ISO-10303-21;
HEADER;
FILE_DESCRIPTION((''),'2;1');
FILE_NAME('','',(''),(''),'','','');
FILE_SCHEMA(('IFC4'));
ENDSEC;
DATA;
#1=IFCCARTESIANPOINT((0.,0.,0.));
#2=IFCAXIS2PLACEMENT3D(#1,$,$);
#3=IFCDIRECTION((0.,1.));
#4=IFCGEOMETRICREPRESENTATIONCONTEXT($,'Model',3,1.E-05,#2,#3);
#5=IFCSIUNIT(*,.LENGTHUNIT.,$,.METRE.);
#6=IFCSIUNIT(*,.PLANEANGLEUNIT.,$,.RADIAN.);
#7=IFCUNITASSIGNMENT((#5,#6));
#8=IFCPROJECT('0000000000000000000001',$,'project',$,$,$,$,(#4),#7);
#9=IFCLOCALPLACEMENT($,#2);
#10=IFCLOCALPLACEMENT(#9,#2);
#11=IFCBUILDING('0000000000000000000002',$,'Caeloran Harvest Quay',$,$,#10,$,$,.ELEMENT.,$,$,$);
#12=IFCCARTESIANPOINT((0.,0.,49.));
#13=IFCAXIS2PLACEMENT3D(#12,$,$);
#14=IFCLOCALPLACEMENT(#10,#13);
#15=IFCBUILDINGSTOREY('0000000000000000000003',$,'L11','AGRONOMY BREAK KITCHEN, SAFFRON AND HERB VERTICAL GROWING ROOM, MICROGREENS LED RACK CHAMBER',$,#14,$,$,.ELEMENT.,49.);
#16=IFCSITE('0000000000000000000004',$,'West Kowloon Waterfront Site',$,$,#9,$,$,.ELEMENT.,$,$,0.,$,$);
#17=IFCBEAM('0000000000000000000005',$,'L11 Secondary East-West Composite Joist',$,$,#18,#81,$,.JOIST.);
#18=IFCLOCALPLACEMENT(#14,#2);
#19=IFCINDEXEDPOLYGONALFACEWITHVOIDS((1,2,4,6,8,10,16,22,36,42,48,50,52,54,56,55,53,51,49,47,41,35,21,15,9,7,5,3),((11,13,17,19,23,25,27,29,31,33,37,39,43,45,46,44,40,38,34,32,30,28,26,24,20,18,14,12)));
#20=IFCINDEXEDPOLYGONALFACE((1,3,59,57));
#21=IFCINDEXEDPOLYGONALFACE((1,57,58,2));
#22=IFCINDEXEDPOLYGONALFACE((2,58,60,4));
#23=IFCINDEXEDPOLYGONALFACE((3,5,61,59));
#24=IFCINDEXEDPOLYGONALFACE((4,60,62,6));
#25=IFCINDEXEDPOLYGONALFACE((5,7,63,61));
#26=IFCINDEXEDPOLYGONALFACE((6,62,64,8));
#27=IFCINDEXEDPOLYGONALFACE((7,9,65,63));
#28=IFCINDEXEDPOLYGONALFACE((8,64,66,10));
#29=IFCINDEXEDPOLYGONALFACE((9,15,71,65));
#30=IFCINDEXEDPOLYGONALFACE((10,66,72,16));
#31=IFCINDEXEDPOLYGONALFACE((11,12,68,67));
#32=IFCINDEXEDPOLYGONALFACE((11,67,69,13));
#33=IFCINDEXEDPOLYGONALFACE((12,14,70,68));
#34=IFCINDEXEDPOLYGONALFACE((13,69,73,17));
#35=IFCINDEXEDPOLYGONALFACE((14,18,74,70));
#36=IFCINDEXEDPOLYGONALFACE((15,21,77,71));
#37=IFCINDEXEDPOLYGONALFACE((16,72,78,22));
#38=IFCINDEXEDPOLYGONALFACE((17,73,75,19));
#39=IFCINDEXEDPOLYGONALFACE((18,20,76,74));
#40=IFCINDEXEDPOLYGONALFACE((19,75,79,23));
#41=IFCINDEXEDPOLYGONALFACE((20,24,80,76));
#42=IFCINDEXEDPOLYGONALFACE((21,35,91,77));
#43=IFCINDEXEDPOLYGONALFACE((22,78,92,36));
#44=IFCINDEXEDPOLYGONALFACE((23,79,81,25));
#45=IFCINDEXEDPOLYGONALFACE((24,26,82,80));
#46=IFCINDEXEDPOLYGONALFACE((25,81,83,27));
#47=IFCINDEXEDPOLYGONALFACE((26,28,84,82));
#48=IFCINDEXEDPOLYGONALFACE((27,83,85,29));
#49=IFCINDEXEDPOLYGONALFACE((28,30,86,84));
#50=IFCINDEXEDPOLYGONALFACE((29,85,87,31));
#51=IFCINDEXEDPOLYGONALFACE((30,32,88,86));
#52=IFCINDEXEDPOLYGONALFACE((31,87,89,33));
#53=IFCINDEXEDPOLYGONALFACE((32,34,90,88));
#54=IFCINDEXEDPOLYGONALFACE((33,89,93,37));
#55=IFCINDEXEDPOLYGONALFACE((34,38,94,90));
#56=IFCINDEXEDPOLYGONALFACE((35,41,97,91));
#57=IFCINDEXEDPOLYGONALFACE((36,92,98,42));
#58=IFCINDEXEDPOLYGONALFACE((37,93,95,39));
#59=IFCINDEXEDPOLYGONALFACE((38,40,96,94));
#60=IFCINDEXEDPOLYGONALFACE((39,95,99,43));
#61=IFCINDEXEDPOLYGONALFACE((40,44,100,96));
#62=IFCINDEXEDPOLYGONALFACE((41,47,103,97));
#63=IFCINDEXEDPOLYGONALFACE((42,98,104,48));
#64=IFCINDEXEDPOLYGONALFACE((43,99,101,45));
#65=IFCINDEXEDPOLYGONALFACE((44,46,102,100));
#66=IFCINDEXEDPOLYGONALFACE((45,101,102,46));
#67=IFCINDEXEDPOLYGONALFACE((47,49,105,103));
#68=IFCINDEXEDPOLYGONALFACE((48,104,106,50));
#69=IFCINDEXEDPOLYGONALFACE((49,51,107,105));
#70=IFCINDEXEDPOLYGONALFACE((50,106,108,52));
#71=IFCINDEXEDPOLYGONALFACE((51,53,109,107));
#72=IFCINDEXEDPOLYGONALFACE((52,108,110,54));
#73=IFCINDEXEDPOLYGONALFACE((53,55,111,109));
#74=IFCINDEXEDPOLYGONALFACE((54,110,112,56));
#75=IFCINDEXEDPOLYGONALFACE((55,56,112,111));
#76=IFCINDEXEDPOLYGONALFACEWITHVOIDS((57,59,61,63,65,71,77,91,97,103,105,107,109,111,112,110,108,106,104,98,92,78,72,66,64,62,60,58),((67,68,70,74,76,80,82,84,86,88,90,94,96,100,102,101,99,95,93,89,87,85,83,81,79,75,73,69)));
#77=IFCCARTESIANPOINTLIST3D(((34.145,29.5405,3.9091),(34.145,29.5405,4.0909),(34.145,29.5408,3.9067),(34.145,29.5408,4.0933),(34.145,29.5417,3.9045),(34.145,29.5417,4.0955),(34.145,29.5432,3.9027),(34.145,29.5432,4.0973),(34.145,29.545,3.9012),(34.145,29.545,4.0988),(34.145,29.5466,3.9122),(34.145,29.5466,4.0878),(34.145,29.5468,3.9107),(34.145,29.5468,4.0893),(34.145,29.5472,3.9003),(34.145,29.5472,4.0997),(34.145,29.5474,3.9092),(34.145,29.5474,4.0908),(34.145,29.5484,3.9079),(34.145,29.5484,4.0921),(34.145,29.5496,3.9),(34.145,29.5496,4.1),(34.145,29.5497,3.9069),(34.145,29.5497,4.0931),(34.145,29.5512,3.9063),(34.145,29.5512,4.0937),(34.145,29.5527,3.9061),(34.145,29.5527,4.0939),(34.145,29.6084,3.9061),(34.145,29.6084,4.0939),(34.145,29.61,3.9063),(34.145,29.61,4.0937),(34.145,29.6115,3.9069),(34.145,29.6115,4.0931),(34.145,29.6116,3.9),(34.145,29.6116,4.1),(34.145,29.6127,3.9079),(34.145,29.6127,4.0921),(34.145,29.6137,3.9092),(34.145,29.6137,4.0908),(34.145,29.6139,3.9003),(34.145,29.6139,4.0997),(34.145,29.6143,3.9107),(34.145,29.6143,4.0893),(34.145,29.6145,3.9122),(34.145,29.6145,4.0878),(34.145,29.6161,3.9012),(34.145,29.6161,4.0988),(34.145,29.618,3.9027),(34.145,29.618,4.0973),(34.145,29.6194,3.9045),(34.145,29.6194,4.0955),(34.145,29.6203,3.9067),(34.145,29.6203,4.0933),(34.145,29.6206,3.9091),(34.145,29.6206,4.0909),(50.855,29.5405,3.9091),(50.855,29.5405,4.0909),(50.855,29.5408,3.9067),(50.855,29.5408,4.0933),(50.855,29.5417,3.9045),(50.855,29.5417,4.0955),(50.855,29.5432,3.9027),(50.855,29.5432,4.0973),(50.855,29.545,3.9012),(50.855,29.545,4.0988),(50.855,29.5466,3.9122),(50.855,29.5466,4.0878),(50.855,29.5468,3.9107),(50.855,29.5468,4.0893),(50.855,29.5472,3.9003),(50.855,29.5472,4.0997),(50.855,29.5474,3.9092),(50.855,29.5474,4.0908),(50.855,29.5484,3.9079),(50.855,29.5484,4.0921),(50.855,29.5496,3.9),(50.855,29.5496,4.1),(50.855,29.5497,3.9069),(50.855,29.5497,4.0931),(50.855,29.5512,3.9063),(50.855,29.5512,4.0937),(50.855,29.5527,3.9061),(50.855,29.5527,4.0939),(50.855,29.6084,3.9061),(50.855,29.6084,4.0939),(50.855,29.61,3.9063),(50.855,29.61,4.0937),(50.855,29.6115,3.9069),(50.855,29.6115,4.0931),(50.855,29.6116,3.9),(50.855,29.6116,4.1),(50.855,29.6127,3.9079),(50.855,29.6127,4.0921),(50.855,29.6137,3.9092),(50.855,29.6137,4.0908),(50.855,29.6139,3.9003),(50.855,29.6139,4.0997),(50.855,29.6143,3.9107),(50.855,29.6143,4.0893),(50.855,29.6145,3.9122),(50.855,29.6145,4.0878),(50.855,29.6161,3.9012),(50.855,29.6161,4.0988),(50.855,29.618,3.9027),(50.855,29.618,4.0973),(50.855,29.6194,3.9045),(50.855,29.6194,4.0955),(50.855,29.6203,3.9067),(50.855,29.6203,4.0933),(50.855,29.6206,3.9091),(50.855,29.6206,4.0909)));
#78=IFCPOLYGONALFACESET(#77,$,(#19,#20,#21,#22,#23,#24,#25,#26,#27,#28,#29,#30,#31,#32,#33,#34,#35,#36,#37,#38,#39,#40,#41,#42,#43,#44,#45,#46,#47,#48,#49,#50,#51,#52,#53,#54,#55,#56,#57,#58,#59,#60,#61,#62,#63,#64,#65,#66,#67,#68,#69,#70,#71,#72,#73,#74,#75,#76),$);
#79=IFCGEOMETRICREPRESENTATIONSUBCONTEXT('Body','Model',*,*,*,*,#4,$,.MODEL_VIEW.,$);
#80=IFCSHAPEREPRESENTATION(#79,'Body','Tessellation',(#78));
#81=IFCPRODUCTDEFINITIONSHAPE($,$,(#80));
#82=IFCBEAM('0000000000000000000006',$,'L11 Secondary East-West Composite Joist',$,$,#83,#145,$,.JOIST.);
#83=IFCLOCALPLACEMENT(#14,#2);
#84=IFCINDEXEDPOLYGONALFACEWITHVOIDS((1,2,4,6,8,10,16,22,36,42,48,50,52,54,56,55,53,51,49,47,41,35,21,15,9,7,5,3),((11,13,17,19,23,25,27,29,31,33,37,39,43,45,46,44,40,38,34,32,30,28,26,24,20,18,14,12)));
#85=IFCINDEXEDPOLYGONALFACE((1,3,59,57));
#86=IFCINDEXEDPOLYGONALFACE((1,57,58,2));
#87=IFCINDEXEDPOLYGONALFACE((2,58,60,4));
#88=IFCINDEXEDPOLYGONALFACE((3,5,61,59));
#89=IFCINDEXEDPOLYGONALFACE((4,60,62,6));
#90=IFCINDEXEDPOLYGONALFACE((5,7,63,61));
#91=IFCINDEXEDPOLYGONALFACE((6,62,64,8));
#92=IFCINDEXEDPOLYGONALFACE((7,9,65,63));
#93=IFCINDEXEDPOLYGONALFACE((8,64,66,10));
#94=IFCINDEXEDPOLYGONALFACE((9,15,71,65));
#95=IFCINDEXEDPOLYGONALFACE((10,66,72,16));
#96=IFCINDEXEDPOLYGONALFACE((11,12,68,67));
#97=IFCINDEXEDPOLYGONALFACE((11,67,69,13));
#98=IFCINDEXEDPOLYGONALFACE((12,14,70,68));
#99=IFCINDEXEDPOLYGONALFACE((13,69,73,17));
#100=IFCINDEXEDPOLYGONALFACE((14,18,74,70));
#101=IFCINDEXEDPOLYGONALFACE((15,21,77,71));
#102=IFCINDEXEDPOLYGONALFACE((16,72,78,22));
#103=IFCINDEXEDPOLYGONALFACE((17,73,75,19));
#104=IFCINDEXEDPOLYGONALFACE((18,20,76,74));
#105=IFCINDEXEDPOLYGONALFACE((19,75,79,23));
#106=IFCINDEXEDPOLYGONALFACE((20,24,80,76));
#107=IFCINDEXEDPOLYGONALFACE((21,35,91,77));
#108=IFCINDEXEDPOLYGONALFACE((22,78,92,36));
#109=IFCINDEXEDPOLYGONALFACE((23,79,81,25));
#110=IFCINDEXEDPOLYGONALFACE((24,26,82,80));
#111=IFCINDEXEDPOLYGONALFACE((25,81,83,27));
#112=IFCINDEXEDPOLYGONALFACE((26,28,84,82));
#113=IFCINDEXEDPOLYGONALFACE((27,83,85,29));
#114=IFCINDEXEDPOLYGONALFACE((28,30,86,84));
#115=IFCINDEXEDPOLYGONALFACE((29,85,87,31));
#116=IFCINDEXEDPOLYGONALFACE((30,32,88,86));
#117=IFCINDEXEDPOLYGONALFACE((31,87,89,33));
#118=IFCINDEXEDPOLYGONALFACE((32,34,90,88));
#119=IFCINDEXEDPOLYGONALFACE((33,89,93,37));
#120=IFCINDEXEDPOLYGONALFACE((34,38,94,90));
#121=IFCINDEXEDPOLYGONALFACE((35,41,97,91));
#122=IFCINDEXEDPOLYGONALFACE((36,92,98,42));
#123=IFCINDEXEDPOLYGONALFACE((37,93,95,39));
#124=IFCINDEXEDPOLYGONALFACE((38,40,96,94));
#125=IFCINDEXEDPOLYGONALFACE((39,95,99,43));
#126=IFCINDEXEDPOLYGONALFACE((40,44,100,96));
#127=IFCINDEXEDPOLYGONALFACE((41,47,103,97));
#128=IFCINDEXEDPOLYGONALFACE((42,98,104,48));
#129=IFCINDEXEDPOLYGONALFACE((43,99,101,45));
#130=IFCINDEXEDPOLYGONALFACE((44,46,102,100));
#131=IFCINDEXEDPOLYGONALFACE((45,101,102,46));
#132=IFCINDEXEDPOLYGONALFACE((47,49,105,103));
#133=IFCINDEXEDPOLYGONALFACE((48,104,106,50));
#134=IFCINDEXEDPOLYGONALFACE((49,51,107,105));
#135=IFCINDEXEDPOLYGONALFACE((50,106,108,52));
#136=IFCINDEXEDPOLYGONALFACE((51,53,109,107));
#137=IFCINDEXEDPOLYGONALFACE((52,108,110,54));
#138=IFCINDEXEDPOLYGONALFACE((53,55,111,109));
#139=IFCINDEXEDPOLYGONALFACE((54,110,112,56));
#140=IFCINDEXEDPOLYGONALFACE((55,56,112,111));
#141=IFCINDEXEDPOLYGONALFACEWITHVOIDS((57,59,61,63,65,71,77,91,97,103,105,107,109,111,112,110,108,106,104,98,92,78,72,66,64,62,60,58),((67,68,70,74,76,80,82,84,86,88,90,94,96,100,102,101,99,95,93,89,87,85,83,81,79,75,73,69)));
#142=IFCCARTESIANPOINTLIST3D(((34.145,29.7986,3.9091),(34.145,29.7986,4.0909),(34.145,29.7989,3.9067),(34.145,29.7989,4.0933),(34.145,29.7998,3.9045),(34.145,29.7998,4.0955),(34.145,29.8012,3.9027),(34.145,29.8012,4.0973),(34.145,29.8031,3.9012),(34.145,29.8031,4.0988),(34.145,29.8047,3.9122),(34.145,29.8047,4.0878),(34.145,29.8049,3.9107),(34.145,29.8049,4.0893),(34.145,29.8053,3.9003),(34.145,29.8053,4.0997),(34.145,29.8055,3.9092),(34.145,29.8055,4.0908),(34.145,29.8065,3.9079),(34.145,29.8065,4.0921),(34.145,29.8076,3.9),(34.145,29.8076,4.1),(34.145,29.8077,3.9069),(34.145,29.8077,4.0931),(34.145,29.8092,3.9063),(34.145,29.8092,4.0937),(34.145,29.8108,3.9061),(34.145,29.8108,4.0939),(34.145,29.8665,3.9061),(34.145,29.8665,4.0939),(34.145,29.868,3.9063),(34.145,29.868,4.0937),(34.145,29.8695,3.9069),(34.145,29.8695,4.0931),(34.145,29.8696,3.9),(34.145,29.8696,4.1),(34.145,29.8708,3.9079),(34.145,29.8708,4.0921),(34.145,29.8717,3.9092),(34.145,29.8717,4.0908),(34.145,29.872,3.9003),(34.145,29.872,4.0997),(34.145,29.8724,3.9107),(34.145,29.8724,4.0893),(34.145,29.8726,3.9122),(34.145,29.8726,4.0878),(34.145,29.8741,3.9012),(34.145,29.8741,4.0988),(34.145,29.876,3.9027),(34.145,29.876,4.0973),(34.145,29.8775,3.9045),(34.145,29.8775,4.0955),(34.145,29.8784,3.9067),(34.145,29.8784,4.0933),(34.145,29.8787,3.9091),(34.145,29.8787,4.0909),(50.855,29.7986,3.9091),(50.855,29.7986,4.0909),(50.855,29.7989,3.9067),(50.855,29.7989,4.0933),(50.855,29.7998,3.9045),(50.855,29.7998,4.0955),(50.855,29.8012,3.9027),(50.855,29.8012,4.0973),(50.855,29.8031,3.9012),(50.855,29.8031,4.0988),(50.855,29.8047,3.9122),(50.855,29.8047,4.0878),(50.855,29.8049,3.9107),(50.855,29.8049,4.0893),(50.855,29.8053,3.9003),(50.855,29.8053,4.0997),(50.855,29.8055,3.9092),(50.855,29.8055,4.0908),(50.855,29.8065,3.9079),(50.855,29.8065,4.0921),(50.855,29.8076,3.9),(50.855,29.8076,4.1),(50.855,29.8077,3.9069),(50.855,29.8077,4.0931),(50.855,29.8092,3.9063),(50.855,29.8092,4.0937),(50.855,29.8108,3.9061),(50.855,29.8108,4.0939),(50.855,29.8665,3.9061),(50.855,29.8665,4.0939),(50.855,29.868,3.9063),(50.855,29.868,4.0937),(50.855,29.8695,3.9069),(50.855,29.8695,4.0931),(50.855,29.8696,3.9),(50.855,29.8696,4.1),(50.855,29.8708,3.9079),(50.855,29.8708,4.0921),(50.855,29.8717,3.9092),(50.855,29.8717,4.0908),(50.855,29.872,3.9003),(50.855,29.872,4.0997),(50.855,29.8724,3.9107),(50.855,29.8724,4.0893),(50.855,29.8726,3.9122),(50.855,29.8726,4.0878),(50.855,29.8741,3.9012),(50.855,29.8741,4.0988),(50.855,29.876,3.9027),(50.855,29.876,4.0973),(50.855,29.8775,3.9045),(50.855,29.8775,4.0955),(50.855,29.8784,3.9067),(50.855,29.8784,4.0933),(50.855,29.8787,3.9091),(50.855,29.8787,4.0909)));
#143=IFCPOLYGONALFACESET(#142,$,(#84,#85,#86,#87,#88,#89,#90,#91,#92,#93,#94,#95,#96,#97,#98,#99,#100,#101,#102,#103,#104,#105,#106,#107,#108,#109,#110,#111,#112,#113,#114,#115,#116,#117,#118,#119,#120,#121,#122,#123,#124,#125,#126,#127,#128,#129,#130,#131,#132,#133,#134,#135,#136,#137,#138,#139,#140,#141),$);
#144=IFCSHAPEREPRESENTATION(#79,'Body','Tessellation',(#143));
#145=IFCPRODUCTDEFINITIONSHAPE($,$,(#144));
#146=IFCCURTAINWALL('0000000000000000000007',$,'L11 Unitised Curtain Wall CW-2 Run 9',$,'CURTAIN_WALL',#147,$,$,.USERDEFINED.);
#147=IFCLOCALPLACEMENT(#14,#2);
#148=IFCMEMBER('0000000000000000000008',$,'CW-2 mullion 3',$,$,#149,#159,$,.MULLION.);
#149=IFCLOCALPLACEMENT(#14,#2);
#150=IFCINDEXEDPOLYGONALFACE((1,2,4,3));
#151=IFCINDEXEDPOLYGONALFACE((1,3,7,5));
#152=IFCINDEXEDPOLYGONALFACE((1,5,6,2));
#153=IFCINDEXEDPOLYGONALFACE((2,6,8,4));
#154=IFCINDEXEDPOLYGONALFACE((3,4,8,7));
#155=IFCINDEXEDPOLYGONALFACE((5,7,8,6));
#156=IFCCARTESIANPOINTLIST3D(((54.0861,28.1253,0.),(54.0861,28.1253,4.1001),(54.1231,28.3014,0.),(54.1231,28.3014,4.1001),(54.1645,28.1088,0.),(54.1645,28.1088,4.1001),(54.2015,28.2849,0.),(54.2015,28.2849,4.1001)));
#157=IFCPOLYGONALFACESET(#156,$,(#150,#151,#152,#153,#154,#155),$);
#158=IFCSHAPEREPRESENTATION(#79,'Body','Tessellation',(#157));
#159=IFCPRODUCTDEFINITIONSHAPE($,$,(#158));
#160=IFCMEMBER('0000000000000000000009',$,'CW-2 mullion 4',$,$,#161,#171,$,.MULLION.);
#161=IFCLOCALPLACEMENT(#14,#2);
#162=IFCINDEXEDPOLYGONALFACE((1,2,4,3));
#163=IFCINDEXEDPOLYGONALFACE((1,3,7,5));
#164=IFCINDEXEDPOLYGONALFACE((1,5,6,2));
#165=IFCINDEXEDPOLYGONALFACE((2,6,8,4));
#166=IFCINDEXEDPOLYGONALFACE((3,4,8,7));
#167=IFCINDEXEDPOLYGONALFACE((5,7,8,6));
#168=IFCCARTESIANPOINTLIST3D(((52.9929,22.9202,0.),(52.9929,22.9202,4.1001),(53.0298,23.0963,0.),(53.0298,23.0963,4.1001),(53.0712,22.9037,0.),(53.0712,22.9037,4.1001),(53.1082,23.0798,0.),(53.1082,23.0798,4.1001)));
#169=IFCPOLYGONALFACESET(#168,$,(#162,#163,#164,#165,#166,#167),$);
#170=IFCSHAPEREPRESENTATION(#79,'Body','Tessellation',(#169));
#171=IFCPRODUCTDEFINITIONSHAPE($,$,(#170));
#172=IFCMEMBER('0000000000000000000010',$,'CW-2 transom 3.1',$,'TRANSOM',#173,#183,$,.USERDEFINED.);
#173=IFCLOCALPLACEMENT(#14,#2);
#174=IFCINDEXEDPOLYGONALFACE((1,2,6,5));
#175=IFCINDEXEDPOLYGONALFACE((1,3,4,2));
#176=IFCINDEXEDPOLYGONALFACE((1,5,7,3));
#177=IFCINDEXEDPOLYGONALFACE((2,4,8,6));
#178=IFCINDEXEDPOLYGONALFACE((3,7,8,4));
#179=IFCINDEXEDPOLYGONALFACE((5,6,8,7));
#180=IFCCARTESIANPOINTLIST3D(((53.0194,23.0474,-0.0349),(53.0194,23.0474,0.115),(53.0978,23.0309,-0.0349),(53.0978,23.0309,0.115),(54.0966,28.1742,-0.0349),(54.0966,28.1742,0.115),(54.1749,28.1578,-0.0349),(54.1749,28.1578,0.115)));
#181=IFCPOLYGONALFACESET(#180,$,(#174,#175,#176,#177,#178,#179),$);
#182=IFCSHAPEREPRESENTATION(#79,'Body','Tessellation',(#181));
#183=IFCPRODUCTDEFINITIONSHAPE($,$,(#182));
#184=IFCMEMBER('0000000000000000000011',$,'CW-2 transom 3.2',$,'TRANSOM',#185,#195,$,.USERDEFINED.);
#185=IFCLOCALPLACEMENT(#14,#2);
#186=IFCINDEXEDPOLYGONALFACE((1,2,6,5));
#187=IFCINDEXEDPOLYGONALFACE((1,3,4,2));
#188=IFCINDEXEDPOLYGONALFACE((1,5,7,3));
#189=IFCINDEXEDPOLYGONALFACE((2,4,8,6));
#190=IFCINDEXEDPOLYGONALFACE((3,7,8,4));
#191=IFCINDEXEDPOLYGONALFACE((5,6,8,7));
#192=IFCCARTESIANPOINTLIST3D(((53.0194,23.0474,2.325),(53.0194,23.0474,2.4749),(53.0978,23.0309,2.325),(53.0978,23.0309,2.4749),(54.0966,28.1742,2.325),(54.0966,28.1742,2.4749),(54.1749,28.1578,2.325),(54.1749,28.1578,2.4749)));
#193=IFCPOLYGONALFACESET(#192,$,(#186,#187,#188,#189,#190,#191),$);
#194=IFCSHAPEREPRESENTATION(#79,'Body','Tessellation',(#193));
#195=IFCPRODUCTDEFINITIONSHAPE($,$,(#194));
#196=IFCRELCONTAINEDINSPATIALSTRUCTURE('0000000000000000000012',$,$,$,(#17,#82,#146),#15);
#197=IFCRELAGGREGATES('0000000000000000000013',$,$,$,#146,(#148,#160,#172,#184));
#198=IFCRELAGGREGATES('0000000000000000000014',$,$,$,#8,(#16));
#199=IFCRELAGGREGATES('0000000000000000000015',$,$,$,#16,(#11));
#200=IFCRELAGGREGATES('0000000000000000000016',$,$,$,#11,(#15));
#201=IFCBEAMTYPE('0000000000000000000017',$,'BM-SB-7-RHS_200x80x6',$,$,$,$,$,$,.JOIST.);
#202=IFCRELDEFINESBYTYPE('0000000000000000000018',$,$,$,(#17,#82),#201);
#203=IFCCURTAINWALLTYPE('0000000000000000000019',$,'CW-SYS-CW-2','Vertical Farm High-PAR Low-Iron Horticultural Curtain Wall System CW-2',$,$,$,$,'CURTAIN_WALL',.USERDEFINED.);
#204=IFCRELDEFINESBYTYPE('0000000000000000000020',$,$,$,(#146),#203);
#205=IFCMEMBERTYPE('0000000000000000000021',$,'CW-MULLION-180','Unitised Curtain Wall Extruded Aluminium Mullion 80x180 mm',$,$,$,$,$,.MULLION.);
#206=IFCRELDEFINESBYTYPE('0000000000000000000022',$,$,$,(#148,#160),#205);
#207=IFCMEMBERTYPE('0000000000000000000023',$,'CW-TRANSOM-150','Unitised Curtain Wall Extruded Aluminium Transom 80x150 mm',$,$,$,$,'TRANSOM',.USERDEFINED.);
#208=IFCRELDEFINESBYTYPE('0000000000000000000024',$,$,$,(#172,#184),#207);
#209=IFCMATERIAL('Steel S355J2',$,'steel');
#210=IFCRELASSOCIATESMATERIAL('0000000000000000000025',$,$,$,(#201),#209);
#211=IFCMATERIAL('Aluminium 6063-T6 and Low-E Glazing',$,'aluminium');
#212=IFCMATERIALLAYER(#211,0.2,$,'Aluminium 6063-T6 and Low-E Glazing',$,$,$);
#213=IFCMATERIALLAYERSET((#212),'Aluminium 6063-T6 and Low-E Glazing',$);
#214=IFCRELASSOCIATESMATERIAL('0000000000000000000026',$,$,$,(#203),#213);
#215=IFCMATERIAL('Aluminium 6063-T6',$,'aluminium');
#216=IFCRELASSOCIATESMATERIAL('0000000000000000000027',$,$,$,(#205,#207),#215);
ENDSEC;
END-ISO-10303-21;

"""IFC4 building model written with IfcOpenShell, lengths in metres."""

from ifc_helpers import new_model, si_unit, direction, frame, origin, origin_2d, place, context, subcontext, project, spatial, rectangle, hollow_rectangle, extrude, material, layer, layer_set, material_profile, profile_set, type_object, element, aggregate, save


model = new_model("IFC4")

# Units and contexts
model_context = context("Model", 3, precision=1e-05, world=origin(), true_north=direction((0.0, 1.0)))
body_context = subcontext(model_context, "Body", "Model", "MODEL_VIEW")
ifc_project = project(units=[si_unit("LENGTHUNIT", "METRE"), si_unit("PLANEANGLEUNIT", "RADIAN")], contexts=[model_context])

# Site, building, storey
site_placement = place(None, origin())
site = spatial("IfcSite", under=ifc_project, at=site_placement, Name="West Kowloon Waterfront Site", CompositionType="ELEMENT", RefElevation=0.0)
building_placement = place(site_placement, origin())
building = spatial("IfcBuilding", under=site, at=building_placement, Name="Caeloran Harvest Quay", CompositionType="ELEMENT")
storey_placement = place(building_placement, frame((0.0, 0.0, 49.0)))
storey = spatial("IfcBuildingStorey", under=building, at=storey_placement, Name="L11", Description="AGRONOMY BREAK KITCHEN, SAFFRON AND HERB VERTICAL GROWING ROOM, MICROGREENS LED RACK CHAMBER", CompositionType="ELEMENT", Elevation=49.0)

# Beams
ifc_material_1 = material(Name="Steel S355J2", Category="steel")
ifc_material_profile_1 = material_profile(ifc_material_1, hollow_rectangle(XDim=0.0801, YDim=0.2, WallThickness=0.0061, InnerFilletRadius=0.0061, OuterFilletRadius=0.009, at=origin_2d()), Name="RHS 200x80x6")
ifc_profile_set_1 = profile_set([ifc_material_profile_1], Name="Steel S355J2")
beam_type_1 = type_object("IfcBeamType", Name="BM-SB-7-RHS_200x80x6", PredefinedType="JOIST", material=ifc_profile_set_1)
for number, where, z_axis, x_axis, name in (
    (1, (34.145, 29.5806, 4.0), (1.0, 0.0, 0.0), (0.0, 1.0, 0.0), "L11 Secondary East-West Composite Joist"),
    (2, (34.145, 29.8386, 4.0), (1.0, 0.0, 0.0), (0.0, 1.0, 0.0), "L11 Secondary East-West Composite Joist"),
):
    element("IfcBeam", number, at=place(storey_placement, frame(where, z_axis=z_axis, x_axis=x_axis)), inside=storey, type_object=beam_type_1, Name=name, PredefinedType="JOIST", context=body_context, shape_type="SweptSolid", body=[
        extrude(hollow_rectangle(XDim=0.0801, YDim=0.2, WallThickness=0.0061, InnerFilletRadius=0.0061, OuterFilletRadius=0.009, at=origin_2d()), origin(), (0.0, 0.0, 1.0), 16.71),
    ])

# Curtain wall, members
ifc_material_2 = material(Name="Aluminium 6063-T6 and Low-E Glazing", Category="aluminium")
ifc_layer_1 = layer(ifc_material_2, 0.2, Name="Aluminium 6063-T6 and Low-E Glazing")
ifc_layer_set_1 = layer_set([ifc_layer_1], Name="Aluminium 6063-T6 and Low-E Glazing")
curtain_wall_type = type_object("IfcCurtainWallType", Name="CW-SYS-CW-2", Description="Vertical Farm High-PAR Low-Iron Horticultural Curtain Wall System CW-2", ElementType="CURTAIN_WALL", PredefinedType="USERDEFINED", material=ifc_layer_set_1)
curtain_wall_placement = place(storey_placement, origin())
curtain_wall = element("IfcCurtainWall", 3, at=curtain_wall_placement, inside=storey, type_object=curtain_wall_type, Name="L11 Unitised Curtain Wall CW-2 Run 9", ObjectType="CURTAIN_WALL", PredefinedType="USERDEFINED")
ifc_material_3 = material(Name="Aluminium 6063-T6", Category="aluminium")
ifc_material_profile_2 = material_profile(ifc_material_3, rectangle(XDim=0.0801, YDim=0.1799, at=origin_2d()), Name="CW-MULLION-180")
ifc_profile_set_2 = profile_set([ifc_material_profile_2], Name="Aluminium 6063-T6")
member_type_1 = type_object("IfcMemberType", Name="CW-MULLION-180", Description="Unitised Curtain Wall Extruded Aluminium Mullion 80x180 mm", PredefinedType="MULLION", material=ifc_profile_set_2)
member_1_placement = place(storey_placement, frame((54.1438, 28.2051, 0.0), z_axis=(0.0, 0.0, 1.0), x_axis=(0.97864, -0.205583, 0.0)))
member_1 = element("IfcMember", 4, at=member_1_placement, type_object=member_type_1, Name="CW-2 mullion 3", PredefinedType="MULLION", context=body_context, shape_type="SweptSolid", body=[
    extrude(rectangle(XDim=0.0801, YDim=0.1799, at=origin_2d()), origin(), (0.0, 0.0, 1.0), 4.1001),
])
member_2_placement = place(storey_placement, frame((53.0505, 23.0, 0.0), z_axis=(0.0, 0.0, 1.0), x_axis=(0.97864, -0.205583, 0.0)))
member_2 = element("IfcMember", 5, at=member_2_placement, type_object=member_type_1, Name="CW-2 mullion 4", PredefinedType="MULLION", context=body_context, shape_type="SweptSolid", body=[
    extrude(rectangle(XDim=0.0801, YDim=0.1799, at=origin_2d()), origin(), (0.0, 0.0, 1.0), 4.1001),
])
ifc_material_profile_3 = material_profile(ifc_material_3, rectangle(XDim=0.0801, YDim=0.1499, at=origin_2d()), Name="CW-TRANSOM-150")
ifc_profile_set_3 = profile_set([ifc_material_profile_3], Name="Aluminium 6063-T6")
member_type_2 = type_object("IfcMemberType", Name="CW-TRANSOM-150", Description="Unitised Curtain Wall Extruded Aluminium Transom 80x150 mm", ElementType="TRANSOM", PredefinedType="USERDEFINED", material=ifc_profile_set_3)
member_3_placement = place(storey_placement, frame((54.1357, 28.166, 0.04), z_axis=(-0.205607, -0.978635, 0.0), x_axis=(0.978635, -0.205607, 0.0)))
member_3 = element("IfcMember", 6, at=member_3_placement, type_object=member_type_2, Name="CW-2 transom 3.1", ObjectType="TRANSOM", PredefinedType="USERDEFINED", context=body_context, shape_type="SweptSolid", body=[
    extrude(rectangle(XDim=0.0801, YDim=0.1499, at=origin_2d()), origin(), (0.0, 0.0, 1.0), 5.2388),
])
member_4_placement = place(storey_placement, frame((54.1357, 28.166, 2.3999), z_axis=(-0.205607, -0.978635, 0.0), x_axis=(0.978635, -0.205607, 0.0)))
member_4 = element("IfcMember", 7, at=member_4_placement, type_object=member_type_2, Name="CW-2 transom 3.2", ObjectType="TRANSOM", PredefinedType="USERDEFINED", context=body_context, shape_type="SweptSolid", body=[
    extrude(rectangle(XDim=0.0801, YDim=0.1499, at=origin_2d()), origin(), (0.0, 0.0, 1.0), 5.2388),
])
aggregate(curtain_wall, [member_1, member_2, member_3, member_4])

save(model, "model.ifc")
